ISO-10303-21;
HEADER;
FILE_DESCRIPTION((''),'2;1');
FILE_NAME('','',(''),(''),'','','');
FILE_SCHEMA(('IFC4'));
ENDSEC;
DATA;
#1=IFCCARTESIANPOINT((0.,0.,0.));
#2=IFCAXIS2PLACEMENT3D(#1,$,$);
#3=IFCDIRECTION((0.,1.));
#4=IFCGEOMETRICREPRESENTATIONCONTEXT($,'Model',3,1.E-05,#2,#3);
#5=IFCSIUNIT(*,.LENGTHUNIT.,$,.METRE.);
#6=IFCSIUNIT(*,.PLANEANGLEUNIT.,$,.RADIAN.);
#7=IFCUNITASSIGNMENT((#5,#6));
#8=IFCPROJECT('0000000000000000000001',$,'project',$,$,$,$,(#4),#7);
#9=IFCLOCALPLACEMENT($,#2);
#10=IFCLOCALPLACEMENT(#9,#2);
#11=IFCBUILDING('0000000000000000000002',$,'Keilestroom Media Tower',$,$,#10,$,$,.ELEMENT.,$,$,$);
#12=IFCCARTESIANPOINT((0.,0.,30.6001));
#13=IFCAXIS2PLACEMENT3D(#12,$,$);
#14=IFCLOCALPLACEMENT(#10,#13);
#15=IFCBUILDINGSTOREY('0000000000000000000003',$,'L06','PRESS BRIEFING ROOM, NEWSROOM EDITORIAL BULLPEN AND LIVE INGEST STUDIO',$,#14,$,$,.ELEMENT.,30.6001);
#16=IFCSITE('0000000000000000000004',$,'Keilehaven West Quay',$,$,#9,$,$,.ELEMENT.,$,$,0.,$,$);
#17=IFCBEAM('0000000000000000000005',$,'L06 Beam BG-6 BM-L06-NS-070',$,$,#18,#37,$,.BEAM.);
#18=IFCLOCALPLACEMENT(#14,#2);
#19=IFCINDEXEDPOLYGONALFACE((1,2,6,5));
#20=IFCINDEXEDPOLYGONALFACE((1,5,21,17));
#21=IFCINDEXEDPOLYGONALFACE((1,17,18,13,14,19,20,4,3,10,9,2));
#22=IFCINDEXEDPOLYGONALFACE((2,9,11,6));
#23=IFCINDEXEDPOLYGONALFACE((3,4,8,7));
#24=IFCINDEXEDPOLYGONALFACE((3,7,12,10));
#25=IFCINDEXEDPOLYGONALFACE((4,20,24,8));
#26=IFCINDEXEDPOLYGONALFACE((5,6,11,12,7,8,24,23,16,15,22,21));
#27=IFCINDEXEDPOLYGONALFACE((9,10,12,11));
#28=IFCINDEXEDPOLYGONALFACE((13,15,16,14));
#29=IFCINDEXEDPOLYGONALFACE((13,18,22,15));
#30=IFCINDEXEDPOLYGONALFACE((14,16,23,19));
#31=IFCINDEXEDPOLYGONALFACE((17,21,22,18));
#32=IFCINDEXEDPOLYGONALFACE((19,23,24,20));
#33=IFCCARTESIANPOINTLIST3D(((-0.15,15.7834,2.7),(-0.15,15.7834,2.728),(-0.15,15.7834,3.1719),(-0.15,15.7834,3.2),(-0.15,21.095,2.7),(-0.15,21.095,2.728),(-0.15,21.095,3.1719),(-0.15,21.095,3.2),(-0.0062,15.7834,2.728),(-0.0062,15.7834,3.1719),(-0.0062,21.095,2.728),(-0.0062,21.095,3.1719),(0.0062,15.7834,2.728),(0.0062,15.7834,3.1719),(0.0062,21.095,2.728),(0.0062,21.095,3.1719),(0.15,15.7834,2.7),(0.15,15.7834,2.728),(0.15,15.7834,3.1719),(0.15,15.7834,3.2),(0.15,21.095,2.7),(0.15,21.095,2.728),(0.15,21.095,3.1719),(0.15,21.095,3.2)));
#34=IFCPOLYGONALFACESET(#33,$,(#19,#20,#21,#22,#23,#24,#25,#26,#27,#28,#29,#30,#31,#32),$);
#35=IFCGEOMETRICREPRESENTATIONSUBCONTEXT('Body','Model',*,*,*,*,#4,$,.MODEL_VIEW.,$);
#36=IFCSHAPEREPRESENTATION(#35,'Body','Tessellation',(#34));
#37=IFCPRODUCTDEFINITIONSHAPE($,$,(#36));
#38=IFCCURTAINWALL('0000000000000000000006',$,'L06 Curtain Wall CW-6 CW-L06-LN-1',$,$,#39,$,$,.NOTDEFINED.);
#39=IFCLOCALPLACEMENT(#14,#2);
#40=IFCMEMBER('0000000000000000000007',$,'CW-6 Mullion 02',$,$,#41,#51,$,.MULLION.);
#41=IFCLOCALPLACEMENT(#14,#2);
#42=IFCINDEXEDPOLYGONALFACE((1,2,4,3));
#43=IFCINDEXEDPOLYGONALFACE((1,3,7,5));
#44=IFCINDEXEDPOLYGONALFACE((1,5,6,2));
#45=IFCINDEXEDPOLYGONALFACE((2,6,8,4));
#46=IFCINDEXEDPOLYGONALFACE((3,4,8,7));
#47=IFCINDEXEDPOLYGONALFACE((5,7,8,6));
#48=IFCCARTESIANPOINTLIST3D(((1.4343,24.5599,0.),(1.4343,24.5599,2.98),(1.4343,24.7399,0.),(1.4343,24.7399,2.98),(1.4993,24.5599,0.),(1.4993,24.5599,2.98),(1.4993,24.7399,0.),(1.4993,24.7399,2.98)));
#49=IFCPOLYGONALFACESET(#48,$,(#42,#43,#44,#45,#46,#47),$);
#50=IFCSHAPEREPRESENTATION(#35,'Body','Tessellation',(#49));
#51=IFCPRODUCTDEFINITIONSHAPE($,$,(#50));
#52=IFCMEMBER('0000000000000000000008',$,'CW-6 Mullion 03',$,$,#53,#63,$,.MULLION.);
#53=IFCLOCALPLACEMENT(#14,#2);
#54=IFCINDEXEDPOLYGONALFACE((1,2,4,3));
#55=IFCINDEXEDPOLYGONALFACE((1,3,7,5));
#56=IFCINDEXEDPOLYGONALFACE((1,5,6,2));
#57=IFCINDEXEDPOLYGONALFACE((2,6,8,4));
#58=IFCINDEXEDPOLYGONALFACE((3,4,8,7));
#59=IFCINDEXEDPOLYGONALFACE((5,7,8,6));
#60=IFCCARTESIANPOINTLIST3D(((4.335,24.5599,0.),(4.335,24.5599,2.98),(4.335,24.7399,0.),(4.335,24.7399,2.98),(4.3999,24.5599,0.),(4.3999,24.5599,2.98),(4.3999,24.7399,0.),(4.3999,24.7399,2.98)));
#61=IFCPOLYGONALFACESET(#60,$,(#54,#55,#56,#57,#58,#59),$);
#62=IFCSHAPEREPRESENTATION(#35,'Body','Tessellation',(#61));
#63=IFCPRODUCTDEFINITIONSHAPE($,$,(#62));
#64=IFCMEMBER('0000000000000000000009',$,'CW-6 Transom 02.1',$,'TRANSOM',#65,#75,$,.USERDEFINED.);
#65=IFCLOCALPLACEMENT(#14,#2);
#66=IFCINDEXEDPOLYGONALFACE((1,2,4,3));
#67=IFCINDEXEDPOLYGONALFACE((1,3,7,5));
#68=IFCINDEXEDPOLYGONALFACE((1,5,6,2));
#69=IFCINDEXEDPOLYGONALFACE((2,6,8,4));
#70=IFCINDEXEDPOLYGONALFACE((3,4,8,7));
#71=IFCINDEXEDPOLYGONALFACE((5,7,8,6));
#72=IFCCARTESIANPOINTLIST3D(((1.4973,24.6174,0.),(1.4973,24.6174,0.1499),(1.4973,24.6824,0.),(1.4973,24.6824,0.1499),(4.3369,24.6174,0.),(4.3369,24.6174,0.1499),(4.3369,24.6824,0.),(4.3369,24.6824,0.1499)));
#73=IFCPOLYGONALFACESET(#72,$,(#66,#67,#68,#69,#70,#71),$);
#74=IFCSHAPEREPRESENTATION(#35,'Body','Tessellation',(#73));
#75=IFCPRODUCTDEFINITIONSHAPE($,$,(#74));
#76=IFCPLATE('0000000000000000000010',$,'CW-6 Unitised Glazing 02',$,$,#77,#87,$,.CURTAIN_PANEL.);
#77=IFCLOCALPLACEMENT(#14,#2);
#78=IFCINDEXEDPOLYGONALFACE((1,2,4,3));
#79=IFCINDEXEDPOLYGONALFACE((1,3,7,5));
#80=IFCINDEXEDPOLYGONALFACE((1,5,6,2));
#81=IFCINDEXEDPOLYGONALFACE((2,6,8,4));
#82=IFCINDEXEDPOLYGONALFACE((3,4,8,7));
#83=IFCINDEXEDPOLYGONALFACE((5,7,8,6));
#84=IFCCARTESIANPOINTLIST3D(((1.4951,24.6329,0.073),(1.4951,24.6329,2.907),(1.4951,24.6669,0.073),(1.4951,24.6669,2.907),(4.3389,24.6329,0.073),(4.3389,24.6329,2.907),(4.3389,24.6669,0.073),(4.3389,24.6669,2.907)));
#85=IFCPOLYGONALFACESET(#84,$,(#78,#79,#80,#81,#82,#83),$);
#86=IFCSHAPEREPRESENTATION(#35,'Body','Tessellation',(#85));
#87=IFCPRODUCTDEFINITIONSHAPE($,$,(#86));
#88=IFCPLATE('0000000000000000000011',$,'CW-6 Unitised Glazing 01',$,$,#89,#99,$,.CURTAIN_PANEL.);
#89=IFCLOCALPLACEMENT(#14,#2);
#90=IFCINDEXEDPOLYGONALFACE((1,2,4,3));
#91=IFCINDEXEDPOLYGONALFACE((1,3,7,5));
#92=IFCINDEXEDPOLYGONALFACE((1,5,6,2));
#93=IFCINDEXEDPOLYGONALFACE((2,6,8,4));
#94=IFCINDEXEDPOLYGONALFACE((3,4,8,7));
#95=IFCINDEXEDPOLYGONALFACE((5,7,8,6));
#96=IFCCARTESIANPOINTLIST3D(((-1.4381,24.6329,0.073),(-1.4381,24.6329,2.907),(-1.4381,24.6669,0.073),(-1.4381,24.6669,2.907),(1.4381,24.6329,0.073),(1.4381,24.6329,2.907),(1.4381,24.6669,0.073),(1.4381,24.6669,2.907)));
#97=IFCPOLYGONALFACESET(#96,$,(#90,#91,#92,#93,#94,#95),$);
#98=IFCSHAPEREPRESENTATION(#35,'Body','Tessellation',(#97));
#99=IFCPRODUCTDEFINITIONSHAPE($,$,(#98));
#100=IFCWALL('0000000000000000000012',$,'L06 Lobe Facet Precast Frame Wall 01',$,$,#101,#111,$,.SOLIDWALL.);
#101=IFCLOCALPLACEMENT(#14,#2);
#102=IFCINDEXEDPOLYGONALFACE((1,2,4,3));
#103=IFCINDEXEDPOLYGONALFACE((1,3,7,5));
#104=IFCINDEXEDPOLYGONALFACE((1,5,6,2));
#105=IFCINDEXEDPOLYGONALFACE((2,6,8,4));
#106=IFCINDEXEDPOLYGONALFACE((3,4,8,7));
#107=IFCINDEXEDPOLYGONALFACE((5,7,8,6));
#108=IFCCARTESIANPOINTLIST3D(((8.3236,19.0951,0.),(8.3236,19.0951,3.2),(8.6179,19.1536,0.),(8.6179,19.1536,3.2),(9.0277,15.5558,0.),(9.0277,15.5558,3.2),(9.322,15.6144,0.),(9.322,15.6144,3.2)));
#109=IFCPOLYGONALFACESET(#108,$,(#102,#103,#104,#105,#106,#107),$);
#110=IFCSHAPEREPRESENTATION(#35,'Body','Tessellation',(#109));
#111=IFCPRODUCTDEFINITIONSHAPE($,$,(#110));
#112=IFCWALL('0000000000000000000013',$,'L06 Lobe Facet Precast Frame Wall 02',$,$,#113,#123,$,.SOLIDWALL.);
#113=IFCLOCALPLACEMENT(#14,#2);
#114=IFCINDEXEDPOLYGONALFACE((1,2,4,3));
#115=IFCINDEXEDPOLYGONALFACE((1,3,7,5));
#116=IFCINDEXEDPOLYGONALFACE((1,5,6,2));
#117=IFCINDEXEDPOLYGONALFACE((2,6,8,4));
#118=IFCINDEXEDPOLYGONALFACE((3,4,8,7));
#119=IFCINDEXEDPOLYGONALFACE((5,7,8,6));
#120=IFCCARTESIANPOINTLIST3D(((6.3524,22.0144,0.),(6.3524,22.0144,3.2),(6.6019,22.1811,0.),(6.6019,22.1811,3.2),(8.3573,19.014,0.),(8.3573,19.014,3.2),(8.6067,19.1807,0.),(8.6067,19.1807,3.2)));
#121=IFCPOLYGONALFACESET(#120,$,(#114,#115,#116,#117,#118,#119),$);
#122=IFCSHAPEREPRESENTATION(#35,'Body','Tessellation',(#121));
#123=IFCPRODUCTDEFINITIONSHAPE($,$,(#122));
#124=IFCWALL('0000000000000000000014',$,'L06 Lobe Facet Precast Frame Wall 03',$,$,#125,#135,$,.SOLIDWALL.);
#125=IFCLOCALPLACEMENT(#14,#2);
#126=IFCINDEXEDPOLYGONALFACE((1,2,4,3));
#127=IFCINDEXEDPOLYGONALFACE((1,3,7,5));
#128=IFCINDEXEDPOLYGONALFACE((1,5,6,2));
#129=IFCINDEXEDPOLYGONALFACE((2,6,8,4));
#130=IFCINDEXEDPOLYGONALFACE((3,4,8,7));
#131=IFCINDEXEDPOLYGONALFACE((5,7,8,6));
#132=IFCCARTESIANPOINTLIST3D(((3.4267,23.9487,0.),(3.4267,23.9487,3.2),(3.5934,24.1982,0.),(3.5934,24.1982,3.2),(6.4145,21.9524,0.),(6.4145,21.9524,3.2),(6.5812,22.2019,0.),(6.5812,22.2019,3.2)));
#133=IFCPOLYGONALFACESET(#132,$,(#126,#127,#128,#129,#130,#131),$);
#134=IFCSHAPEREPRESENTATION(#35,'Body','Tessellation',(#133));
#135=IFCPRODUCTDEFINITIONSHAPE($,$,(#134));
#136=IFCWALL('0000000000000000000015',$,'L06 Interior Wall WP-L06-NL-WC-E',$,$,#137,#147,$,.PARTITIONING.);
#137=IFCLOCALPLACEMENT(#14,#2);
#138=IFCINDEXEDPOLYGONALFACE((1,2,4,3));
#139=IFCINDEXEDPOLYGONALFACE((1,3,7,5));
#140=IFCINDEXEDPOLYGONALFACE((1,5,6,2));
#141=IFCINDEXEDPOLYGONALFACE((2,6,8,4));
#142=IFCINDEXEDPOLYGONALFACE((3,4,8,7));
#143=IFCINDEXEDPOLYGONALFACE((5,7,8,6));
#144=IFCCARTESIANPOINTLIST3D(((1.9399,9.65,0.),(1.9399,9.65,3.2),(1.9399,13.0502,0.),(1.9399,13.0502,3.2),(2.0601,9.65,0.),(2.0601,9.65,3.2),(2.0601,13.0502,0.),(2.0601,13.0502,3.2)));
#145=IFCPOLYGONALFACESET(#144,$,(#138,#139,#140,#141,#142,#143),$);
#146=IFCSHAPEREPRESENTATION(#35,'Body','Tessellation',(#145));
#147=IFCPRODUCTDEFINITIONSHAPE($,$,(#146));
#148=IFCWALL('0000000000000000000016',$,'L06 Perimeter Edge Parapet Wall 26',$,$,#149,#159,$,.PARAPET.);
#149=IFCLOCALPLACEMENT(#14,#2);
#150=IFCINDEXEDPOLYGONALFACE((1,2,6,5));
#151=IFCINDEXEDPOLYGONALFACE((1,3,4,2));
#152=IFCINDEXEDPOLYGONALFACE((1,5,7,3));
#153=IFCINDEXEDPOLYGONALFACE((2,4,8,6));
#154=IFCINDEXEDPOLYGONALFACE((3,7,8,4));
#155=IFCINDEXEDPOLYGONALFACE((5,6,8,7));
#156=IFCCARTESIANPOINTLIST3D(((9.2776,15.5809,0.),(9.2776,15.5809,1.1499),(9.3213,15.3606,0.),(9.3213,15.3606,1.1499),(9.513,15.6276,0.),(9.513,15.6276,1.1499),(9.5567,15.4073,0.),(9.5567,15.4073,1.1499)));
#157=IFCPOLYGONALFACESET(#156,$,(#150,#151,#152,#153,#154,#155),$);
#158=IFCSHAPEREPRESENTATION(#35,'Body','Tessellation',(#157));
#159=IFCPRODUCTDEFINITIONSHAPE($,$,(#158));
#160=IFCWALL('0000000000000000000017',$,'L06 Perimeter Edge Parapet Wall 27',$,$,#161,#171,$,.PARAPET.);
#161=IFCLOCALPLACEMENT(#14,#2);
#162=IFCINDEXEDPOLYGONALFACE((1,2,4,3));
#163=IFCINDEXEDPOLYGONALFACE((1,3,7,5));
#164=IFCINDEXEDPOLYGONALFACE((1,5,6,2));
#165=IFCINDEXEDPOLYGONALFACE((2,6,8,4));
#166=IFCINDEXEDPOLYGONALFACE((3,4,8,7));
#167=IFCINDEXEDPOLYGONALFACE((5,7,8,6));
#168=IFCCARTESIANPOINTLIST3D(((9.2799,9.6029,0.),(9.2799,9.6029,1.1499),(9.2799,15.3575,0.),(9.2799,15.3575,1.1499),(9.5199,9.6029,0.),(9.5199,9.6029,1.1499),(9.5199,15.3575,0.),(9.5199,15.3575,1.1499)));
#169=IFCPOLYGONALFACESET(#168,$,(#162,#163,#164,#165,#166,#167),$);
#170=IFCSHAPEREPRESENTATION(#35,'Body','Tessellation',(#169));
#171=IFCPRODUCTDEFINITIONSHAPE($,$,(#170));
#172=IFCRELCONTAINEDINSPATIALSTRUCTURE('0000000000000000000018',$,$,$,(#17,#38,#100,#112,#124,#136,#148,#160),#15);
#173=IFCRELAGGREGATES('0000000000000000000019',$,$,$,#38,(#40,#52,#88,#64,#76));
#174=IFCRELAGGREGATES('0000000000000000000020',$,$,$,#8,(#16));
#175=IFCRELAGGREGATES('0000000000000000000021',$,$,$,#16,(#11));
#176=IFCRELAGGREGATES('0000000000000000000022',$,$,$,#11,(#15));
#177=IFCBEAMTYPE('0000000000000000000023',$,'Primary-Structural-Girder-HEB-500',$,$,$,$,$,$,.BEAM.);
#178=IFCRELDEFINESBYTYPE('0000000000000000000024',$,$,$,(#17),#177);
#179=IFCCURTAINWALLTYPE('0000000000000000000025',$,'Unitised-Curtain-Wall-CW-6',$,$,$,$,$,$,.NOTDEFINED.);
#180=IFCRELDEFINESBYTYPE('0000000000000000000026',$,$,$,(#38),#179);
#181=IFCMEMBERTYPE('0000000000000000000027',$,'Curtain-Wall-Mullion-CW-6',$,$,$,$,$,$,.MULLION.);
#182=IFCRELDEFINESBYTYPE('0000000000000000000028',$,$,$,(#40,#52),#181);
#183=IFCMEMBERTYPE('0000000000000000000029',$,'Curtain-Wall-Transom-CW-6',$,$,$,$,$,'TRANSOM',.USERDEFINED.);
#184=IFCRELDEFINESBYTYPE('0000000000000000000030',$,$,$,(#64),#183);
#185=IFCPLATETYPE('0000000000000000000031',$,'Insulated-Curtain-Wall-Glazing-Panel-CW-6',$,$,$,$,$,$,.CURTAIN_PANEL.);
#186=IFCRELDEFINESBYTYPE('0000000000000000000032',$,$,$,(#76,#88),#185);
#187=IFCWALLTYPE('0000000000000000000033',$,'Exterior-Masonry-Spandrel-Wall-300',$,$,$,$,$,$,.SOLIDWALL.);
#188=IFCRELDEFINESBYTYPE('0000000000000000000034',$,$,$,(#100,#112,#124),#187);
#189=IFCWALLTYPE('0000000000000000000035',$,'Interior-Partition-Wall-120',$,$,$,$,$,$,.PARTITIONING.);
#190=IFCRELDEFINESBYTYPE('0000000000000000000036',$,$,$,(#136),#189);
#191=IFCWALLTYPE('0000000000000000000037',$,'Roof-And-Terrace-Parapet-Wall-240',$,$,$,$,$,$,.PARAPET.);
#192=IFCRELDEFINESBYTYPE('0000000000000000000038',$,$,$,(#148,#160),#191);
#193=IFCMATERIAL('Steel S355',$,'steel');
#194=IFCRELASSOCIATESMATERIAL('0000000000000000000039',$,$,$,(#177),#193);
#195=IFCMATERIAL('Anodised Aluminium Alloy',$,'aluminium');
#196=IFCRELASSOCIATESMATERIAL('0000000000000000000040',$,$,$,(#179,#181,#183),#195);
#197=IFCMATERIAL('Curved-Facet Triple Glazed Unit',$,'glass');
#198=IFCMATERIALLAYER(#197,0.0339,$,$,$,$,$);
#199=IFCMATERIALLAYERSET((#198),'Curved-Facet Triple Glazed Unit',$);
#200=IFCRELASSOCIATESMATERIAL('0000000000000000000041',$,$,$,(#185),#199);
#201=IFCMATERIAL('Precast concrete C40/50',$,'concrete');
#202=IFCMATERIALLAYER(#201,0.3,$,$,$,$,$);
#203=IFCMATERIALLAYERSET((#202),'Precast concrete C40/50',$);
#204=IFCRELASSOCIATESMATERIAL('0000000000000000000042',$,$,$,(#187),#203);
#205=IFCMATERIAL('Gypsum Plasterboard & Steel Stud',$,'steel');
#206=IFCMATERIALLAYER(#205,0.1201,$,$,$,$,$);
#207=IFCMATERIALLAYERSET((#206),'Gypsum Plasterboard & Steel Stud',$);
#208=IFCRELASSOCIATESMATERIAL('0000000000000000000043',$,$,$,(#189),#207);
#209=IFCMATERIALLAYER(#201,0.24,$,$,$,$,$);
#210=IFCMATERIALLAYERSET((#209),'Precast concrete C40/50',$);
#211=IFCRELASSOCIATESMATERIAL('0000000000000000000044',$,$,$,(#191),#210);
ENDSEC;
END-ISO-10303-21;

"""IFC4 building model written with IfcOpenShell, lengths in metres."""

from ifc_helpers import new_model, si_unit, direction, frame, frame_2d, origin, origin_2d, place, context, subcontext, project, spatial, rectangle, i_section, extrude, source, transform, mapped, material, layer, layer_set, material_profile, profile_set, type_object, element, aggregate, save


model = new_model("IFC4")

# Units and contexts
model_context = context("Model", 3, precision=1e-05, world=origin(), true_north=direction((0.0, 1.0)))
body_context = subcontext(model_context, "Body", "Model", "MODEL_VIEW")
ifc_project = project(units=[si_unit("LENGTHUNIT", "METRE"), si_unit("PLANEANGLEUNIT", "RADIAN")], contexts=[model_context])

# Site, building, storey
site_placement = place(None, origin())
site = spatial("IfcSite", under=ifc_project, at=site_placement, Name="Keilehaven West Quay", CompositionType="ELEMENT", RefElevation=0.0)
building_placement = place(site_placement, origin())
building = spatial("IfcBuilding", under=site, at=building_placement, Name="Keilestroom Media Tower", CompositionType="ELEMENT")
storey_placement = place(building_placement, frame((0.0, 0.0, 30.6001)))
storey = spatial("IfcBuildingStorey", under=building, at=storey_placement, Name="L06", Description="PRESS BRIEFING ROOM, NEWSROOM EDITORIAL BULLPEN AND LIVE INGEST STUDIO", CompositionType="ELEMENT", Elevation=30.6001)

# Beam
ifc_material_1 = material(Name="Steel S355", Category="steel")
ifc_material_profile_1 = material_profile(ifc_material_1, i_section(OverallWidth=0.3, OverallDepth=0.5, WebThickness=0.0125, FlangeThickness=0.0281, at=origin_2d()), Name="HEB 500")
ifc_profile_set_1 = profile_set([ifc_material_profile_1], Name="Steel S355")
beam_type_1 = type_object("IfcBeamType", Name="Primary-Structural-Girder-HEB-500", PredefinedType="BEAM", material=ifc_profile_set_1)
shared_shape_1 = source(origin(), body_context, "Body", "SweptSolid", [
    extrude(i_section(OverallWidth=0.3, OverallDepth=0.5, WebThickness=0.0125, FlangeThickness=0.0281, at=origin_2d()), origin(), (0.0, 0.0, 1.0), 5.3115),
])
beam_1_placement = place(storey_placement, frame((0.0, 15.7834, 2.95), z_axis=(0.0, 1.0, 0.0), x_axis=(-1.0, 0.0, 0.0)))
element("IfcBeam", 1, at=beam_1_placement, inside=storey, type_object=beam_type_1, Name="L06 Beam BG-6 BM-L06-NS-070", PredefinedType="BEAM", context=body_context, shape_type="MappedRepresentation", body=[
    mapped(shared_shape_1, transform((0.0, 0.0, 0.0), x_axis=(1.0, 0.0, 0.0), y_axis=(0.0, 1.0, 0.0), z_axis=(0.0, 0.0, 1.0), scale=1.0)),
])

# Curtain wall, members, plates
ifc_material_2 = material(Name="Anodised Aluminium Alloy", Category="aluminium")
curtain_wall_type = type_object("IfcCurtainWallType", Name="Unitised-Curtain-Wall-CW-6", PredefinedType="NOTDEFINED", material=ifc_material_2)
curtain_wall_placement = place(storey_placement, origin())
curtain_wall = element("IfcCurtainWall", 2, at=curtain_wall_placement, inside=storey, type_object=curtain_wall_type, Name="L06 Curtain Wall CW-6 CW-L06-LN-1", PredefinedType="NOTDEFINED")
ifc_material_profile_2 = material_profile(ifc_material_2, rectangle(XDim=0.0649, YDim=0.1799, at=origin_2d()), Name="ALU MULLION 65x180")
ifc_profile_set_2 = profile_set([ifc_material_profile_2], Name="Anodised Aluminium Alloy")
member_type_1 = type_object("IfcMemberType", Name="Curtain-Wall-Mullion-CW-6", PredefinedType="MULLION", material=ifc_profile_set_2)
shared_shape_2 = source(origin(), body_context, "Body", "SweptSolid", [
    extrude(rectangle(XDim=0.0649, YDim=0.1799, at=origin_2d()), origin(), (0.0, 0.0, 1.0), 2.98),
])
member_1_placement = place(storey_placement, frame((1.4668, 24.6499, 0.0), z_axis=(0.0, 0.0, 1.0), x_axis=(1.0, 0.0, 0.0)))
member_1 = element("IfcMember", 3, at=member_1_placement, type_object=member_type_1, Name="CW-6 Mullion 02", PredefinedType="MULLION", context=body_context, shape_type="MappedRepresentation", body=[
    mapped(shared_shape_2, transform((0.0, 0.0, 0.0), x_axis=(1.0, 0.0, 0.0), y_axis=(0.0, 1.0, 0.0), z_axis=(0.0, 0.0, 1.0), scale=1.0)),
])
member_2_placement = place(storey_placement, frame((4.3674, 24.6499, 0.0), z_axis=(0.0, 0.0, 1.0), x_axis=(1.0, 0.0, 0.0)))
member_2 = element("IfcMember", 4, at=member_2_placement, type_object=member_type_1, Name="CW-6 Mullion 03", PredefinedType="MULLION", context=body_context, shape_type="MappedRepresentation", body=[
    mapped(shared_shape_2, transform((0.0, 0.0, 0.0), x_axis=(1.0, 0.0, 0.0), y_axis=(0.0, 1.0, 0.0), z_axis=(0.0, 0.0, 1.0), scale=1.0)),
])
ifc_material_profile_3 = material_profile(ifc_material_2, rectangle(XDim=0.0649, YDim=0.1499, at=origin_2d()), Name="ALU TRANSOM 65x150")
ifc_profile_set_3 = profile_set([ifc_material_profile_3], Name="Anodised Aluminium Alloy")
member_type_2 = type_object("IfcMemberType", Name="Curtain-Wall-Transom-CW-6", ElementType="TRANSOM", PredefinedType="USERDEFINED", material=ifc_profile_set_3)
shared_shape_3 = source(origin(), body_context, "Body", "SweptSolid", [
    extrude(rectangle(XDim=0.0649, YDim=0.1499, at=origin_2d()), origin(), (0.0, 0.0, 1.0), 2.8396),
])
member_3_placement = place(storey_placement, frame((1.4973, 24.6499, 0.075), z_axis=(1.0, 0.0, 0.0), x_axis=(0.0, 1.0, 0.0)))
member_3 = element("IfcMember", 5, at=member_3_placement, type_object=member_type_2, Name="CW-6 Transom 02.1", ObjectType="TRANSOM", PredefinedType="USERDEFINED", context=body_context, shape_type="MappedRepresentation", body=[
    mapped(shared_shape_3, transform((0.0, 0.0, 0.0), x_axis=(1.0, 0.0, 0.0), y_axis=(0.0, 1.0, 0.0), z_axis=(0.0, 0.0, 1.0), scale=1.0)),
])
ifc_material_3 = material(Name="Curved-Facet Triple Glazed Unit", Category="glass")
ifc_layer_1 = layer(ifc_material_3, 0.0339)
ifc_layer_set_1 = layer_set([ifc_layer_1], Name="Curved-Facet Triple Glazed Unit")
plate_type = type_object("IfcPlateType", Name="Insulated-Curtain-Wall-Glazing-Panel-CW-6", PredefinedType="CURTAIN_PANEL", material=ifc_layer_set_1)
shared_shape_4 = source(origin(), body_context, "Body", "SweptSolid", [
    extrude(rectangle(XDim=2.8438, YDim=0.0339, at=origin_2d()), origin(), (0.0, 0.0, 1.0), 2.834),
])
plate_1_placement = place(storey_placement, frame((2.917, 24.6499, 0.073), z_axis=(0.0, 0.0, 1.0), x_axis=(1.0, 0.0, 0.0)))
plate_1 = element("IfcPlate", 6, at=plate_1_placement, type_object=plate_type, Name="CW-6 Unitised Glazing 02", PredefinedType="CURTAIN_PANEL", context=body_context, shape_type="MappedRepresentation", body=[
    mapped(shared_shape_4, transform((0.0, 0.0, 0.0), x_axis=(1.0, 0.0, 0.0), y_axis=(0.0, 1.0, 0.0), z_axis=(0.0, 0.0, 1.0), scale=1.0)),
])
shared_shape_5 = source(origin(), body_context, "Body", "SweptSolid", [
    extrude(rectangle(XDim=2.8762, YDim=0.0339, at=origin_2d()), origin(), (0.0, 0.0, 1.0), 2.834),
])
plate_2_placement = place(storey_placement, frame((0.0, 24.6499, 0.073), z_axis=(0.0, 0.0, 1.0), x_axis=(1.0, 0.0, 0.0)))
plate_2 = element("IfcPlate", 7, at=plate_2_placement, type_object=plate_type, Name="CW-6 Unitised Glazing 01", PredefinedType="CURTAIN_PANEL", context=body_context, shape_type="MappedRepresentation", body=[
    mapped(shared_shape_5, transform((0.0, 0.0, 0.0), x_axis=(1.0, 0.0, 0.0), y_axis=(0.0, 1.0, 0.0), z_axis=(0.0, 0.0, 1.0), scale=1.0)),
])
aggregate(curtain_wall, [member_1, member_2, plate_2, member_3, plate_1])

# Walls
ifc_material_4 = material(Name="Precast concrete C40/50", Category="concrete")
ifc_layer_2 = layer(ifc_material_4, 0.3)
ifc_layer_set_2 = layer_set([ifc_layer_2], Name="Precast concrete C40/50")
wall_type_1 = type_object("IfcWallType", Name="Exterior-Masonry-Spandrel-Wall-300", PredefinedType="SOLIDWALL", material=ifc_layer_set_2)
for number, where, z_axis, x_axis, name in (
    (8, (9.1748, 15.5852, 0.0), (0.0, 0.0, 1.0), (-0.195114, 0.980781, 0.0), "L06 Lobe Facet Precast Frame Wall 01"),
    (9, (8.4819, 19.0974, 0.0), (0.0, 0.0, 1.0), (-0.555574, 0.831467, 0.0), "L06 Lobe Facet Precast Frame Wall 02"),
):
    element("IfcWall", number, at=place(storey_placement, frame(where, z_axis=z_axis, x_axis=x_axis)), inside=storey, type_object=wall_type_1, Name=name, PredefinedType="SOLIDWALL", context=body_context, shape_type="SweptSolid", body=[
        extrude(rectangle(XDim=3.6086, YDim=0.3, at=frame_2d((1.8042, 0.0))), origin(), (0.0, 0.0, 1.0), 3.2),
    ])
wall_1_placement = place(storey_placement, frame((6.4978, 22.0771, 0.0), z_axis=(0.0, 0.0, 1.0), x_axis=(-0.831475, 0.555562, 0.0)))
element("IfcWall", 10, at=wall_1_placement, inside=storey, type_object=wall_type_1, Name="L06 Lobe Facet Precast Frame Wall 03", PredefinedType="SOLIDWALL", context=body_context, shape_type="SweptSolid", body=[
    extrude(rectangle(XDim=3.5933, YDim=0.3, at=frame_2d((1.7966, 0.0))), origin(), (0.0, 0.0, 1.0), 3.2),
])
ifc_material_5 = material(Name="Gypsum Plasterboard & Steel Stud", Category="steel")
ifc_layer_3 = layer(ifc_material_5, 0.1201)
ifc_layer_set_3 = layer_set([ifc_layer_3], Name="Gypsum Plasterboard & Steel Stud")
wall_type_2 = type_object("IfcWallType", Name="Interior-Partition-Wall-120", PredefinedType="PARTITIONING", material=ifc_layer_set_3)
wall_2_placement = place(storey_placement, frame((2.0, 9.6499, 0.0), z_axis=(0.0, 0.0, 1.0), x_axis=(0.0, 1.0, 0.0)))
element("IfcWall", 11, at=wall_2_placement, inside=storey, type_object=wall_type_2, Name="L06 Interior Wall WP-L06-NL-WC-E", PredefinedType="PARTITIONING", context=body_context, shape_type="SweptSolid", body=[
    extrude(rectangle(XDim=3.4001, YDim=0.1201, at=frame_2d((1.7002, 0.0))), origin(), (0.0, 0.0, 1.0), 3.2),
])
ifc_layer_4 = layer(ifc_material_4, 0.24)
ifc_layer_set_4 = layer_set([ifc_layer_4], Name="Precast concrete C40/50")
wall_type_3 = type_object("IfcWallType", Name="Roof-And-Terrace-Parapet-Wall-240", PredefinedType="PARAPET", material=ifc_layer_set_4)
wall_3_placement = place(storey_placement, frame((9.3953, 15.6042, 0.0), z_axis=(0.0, 0.0, 1.0), x_axis=(0.194652, -0.980872, 0.0)))
element("IfcWall", 12, at=wall_3_placement, inside=storey, type_object=wall_type_3, Name="L06 Perimeter Edge Parapet Wall 26", PredefinedType="PARAPET", context=body_context, shape_type="SweptSolid", body=[
    extrude(rectangle(XDim=0.2246, YDim=0.24, at=frame_2d((0.1123, 0.0))), origin(), (0.0, 0.0, 1.0), 1.1499),
])
wall_4_placement = place(storey_placement, frame((9.3999, 15.3577, 0.0), z_axis=(0.0, 0.0, 1.0), x_axis=(0.0, -1.0, 0.0)))
element("IfcWall", 13, at=wall_4_placement, inside=storey, type_object=wall_type_3, Name="L06 Perimeter Edge Parapet Wall 27", PredefinedType="PARAPET", context=body_context, shape_type="SweptSolid", body=[
    extrude(rectangle(XDim=5.7546, YDim=0.24, at=frame_2d((2.8774, 0.0))), origin(), (0.0, 0.0, 1.0), 1.1499),
])

save(model, "model.ifc")
